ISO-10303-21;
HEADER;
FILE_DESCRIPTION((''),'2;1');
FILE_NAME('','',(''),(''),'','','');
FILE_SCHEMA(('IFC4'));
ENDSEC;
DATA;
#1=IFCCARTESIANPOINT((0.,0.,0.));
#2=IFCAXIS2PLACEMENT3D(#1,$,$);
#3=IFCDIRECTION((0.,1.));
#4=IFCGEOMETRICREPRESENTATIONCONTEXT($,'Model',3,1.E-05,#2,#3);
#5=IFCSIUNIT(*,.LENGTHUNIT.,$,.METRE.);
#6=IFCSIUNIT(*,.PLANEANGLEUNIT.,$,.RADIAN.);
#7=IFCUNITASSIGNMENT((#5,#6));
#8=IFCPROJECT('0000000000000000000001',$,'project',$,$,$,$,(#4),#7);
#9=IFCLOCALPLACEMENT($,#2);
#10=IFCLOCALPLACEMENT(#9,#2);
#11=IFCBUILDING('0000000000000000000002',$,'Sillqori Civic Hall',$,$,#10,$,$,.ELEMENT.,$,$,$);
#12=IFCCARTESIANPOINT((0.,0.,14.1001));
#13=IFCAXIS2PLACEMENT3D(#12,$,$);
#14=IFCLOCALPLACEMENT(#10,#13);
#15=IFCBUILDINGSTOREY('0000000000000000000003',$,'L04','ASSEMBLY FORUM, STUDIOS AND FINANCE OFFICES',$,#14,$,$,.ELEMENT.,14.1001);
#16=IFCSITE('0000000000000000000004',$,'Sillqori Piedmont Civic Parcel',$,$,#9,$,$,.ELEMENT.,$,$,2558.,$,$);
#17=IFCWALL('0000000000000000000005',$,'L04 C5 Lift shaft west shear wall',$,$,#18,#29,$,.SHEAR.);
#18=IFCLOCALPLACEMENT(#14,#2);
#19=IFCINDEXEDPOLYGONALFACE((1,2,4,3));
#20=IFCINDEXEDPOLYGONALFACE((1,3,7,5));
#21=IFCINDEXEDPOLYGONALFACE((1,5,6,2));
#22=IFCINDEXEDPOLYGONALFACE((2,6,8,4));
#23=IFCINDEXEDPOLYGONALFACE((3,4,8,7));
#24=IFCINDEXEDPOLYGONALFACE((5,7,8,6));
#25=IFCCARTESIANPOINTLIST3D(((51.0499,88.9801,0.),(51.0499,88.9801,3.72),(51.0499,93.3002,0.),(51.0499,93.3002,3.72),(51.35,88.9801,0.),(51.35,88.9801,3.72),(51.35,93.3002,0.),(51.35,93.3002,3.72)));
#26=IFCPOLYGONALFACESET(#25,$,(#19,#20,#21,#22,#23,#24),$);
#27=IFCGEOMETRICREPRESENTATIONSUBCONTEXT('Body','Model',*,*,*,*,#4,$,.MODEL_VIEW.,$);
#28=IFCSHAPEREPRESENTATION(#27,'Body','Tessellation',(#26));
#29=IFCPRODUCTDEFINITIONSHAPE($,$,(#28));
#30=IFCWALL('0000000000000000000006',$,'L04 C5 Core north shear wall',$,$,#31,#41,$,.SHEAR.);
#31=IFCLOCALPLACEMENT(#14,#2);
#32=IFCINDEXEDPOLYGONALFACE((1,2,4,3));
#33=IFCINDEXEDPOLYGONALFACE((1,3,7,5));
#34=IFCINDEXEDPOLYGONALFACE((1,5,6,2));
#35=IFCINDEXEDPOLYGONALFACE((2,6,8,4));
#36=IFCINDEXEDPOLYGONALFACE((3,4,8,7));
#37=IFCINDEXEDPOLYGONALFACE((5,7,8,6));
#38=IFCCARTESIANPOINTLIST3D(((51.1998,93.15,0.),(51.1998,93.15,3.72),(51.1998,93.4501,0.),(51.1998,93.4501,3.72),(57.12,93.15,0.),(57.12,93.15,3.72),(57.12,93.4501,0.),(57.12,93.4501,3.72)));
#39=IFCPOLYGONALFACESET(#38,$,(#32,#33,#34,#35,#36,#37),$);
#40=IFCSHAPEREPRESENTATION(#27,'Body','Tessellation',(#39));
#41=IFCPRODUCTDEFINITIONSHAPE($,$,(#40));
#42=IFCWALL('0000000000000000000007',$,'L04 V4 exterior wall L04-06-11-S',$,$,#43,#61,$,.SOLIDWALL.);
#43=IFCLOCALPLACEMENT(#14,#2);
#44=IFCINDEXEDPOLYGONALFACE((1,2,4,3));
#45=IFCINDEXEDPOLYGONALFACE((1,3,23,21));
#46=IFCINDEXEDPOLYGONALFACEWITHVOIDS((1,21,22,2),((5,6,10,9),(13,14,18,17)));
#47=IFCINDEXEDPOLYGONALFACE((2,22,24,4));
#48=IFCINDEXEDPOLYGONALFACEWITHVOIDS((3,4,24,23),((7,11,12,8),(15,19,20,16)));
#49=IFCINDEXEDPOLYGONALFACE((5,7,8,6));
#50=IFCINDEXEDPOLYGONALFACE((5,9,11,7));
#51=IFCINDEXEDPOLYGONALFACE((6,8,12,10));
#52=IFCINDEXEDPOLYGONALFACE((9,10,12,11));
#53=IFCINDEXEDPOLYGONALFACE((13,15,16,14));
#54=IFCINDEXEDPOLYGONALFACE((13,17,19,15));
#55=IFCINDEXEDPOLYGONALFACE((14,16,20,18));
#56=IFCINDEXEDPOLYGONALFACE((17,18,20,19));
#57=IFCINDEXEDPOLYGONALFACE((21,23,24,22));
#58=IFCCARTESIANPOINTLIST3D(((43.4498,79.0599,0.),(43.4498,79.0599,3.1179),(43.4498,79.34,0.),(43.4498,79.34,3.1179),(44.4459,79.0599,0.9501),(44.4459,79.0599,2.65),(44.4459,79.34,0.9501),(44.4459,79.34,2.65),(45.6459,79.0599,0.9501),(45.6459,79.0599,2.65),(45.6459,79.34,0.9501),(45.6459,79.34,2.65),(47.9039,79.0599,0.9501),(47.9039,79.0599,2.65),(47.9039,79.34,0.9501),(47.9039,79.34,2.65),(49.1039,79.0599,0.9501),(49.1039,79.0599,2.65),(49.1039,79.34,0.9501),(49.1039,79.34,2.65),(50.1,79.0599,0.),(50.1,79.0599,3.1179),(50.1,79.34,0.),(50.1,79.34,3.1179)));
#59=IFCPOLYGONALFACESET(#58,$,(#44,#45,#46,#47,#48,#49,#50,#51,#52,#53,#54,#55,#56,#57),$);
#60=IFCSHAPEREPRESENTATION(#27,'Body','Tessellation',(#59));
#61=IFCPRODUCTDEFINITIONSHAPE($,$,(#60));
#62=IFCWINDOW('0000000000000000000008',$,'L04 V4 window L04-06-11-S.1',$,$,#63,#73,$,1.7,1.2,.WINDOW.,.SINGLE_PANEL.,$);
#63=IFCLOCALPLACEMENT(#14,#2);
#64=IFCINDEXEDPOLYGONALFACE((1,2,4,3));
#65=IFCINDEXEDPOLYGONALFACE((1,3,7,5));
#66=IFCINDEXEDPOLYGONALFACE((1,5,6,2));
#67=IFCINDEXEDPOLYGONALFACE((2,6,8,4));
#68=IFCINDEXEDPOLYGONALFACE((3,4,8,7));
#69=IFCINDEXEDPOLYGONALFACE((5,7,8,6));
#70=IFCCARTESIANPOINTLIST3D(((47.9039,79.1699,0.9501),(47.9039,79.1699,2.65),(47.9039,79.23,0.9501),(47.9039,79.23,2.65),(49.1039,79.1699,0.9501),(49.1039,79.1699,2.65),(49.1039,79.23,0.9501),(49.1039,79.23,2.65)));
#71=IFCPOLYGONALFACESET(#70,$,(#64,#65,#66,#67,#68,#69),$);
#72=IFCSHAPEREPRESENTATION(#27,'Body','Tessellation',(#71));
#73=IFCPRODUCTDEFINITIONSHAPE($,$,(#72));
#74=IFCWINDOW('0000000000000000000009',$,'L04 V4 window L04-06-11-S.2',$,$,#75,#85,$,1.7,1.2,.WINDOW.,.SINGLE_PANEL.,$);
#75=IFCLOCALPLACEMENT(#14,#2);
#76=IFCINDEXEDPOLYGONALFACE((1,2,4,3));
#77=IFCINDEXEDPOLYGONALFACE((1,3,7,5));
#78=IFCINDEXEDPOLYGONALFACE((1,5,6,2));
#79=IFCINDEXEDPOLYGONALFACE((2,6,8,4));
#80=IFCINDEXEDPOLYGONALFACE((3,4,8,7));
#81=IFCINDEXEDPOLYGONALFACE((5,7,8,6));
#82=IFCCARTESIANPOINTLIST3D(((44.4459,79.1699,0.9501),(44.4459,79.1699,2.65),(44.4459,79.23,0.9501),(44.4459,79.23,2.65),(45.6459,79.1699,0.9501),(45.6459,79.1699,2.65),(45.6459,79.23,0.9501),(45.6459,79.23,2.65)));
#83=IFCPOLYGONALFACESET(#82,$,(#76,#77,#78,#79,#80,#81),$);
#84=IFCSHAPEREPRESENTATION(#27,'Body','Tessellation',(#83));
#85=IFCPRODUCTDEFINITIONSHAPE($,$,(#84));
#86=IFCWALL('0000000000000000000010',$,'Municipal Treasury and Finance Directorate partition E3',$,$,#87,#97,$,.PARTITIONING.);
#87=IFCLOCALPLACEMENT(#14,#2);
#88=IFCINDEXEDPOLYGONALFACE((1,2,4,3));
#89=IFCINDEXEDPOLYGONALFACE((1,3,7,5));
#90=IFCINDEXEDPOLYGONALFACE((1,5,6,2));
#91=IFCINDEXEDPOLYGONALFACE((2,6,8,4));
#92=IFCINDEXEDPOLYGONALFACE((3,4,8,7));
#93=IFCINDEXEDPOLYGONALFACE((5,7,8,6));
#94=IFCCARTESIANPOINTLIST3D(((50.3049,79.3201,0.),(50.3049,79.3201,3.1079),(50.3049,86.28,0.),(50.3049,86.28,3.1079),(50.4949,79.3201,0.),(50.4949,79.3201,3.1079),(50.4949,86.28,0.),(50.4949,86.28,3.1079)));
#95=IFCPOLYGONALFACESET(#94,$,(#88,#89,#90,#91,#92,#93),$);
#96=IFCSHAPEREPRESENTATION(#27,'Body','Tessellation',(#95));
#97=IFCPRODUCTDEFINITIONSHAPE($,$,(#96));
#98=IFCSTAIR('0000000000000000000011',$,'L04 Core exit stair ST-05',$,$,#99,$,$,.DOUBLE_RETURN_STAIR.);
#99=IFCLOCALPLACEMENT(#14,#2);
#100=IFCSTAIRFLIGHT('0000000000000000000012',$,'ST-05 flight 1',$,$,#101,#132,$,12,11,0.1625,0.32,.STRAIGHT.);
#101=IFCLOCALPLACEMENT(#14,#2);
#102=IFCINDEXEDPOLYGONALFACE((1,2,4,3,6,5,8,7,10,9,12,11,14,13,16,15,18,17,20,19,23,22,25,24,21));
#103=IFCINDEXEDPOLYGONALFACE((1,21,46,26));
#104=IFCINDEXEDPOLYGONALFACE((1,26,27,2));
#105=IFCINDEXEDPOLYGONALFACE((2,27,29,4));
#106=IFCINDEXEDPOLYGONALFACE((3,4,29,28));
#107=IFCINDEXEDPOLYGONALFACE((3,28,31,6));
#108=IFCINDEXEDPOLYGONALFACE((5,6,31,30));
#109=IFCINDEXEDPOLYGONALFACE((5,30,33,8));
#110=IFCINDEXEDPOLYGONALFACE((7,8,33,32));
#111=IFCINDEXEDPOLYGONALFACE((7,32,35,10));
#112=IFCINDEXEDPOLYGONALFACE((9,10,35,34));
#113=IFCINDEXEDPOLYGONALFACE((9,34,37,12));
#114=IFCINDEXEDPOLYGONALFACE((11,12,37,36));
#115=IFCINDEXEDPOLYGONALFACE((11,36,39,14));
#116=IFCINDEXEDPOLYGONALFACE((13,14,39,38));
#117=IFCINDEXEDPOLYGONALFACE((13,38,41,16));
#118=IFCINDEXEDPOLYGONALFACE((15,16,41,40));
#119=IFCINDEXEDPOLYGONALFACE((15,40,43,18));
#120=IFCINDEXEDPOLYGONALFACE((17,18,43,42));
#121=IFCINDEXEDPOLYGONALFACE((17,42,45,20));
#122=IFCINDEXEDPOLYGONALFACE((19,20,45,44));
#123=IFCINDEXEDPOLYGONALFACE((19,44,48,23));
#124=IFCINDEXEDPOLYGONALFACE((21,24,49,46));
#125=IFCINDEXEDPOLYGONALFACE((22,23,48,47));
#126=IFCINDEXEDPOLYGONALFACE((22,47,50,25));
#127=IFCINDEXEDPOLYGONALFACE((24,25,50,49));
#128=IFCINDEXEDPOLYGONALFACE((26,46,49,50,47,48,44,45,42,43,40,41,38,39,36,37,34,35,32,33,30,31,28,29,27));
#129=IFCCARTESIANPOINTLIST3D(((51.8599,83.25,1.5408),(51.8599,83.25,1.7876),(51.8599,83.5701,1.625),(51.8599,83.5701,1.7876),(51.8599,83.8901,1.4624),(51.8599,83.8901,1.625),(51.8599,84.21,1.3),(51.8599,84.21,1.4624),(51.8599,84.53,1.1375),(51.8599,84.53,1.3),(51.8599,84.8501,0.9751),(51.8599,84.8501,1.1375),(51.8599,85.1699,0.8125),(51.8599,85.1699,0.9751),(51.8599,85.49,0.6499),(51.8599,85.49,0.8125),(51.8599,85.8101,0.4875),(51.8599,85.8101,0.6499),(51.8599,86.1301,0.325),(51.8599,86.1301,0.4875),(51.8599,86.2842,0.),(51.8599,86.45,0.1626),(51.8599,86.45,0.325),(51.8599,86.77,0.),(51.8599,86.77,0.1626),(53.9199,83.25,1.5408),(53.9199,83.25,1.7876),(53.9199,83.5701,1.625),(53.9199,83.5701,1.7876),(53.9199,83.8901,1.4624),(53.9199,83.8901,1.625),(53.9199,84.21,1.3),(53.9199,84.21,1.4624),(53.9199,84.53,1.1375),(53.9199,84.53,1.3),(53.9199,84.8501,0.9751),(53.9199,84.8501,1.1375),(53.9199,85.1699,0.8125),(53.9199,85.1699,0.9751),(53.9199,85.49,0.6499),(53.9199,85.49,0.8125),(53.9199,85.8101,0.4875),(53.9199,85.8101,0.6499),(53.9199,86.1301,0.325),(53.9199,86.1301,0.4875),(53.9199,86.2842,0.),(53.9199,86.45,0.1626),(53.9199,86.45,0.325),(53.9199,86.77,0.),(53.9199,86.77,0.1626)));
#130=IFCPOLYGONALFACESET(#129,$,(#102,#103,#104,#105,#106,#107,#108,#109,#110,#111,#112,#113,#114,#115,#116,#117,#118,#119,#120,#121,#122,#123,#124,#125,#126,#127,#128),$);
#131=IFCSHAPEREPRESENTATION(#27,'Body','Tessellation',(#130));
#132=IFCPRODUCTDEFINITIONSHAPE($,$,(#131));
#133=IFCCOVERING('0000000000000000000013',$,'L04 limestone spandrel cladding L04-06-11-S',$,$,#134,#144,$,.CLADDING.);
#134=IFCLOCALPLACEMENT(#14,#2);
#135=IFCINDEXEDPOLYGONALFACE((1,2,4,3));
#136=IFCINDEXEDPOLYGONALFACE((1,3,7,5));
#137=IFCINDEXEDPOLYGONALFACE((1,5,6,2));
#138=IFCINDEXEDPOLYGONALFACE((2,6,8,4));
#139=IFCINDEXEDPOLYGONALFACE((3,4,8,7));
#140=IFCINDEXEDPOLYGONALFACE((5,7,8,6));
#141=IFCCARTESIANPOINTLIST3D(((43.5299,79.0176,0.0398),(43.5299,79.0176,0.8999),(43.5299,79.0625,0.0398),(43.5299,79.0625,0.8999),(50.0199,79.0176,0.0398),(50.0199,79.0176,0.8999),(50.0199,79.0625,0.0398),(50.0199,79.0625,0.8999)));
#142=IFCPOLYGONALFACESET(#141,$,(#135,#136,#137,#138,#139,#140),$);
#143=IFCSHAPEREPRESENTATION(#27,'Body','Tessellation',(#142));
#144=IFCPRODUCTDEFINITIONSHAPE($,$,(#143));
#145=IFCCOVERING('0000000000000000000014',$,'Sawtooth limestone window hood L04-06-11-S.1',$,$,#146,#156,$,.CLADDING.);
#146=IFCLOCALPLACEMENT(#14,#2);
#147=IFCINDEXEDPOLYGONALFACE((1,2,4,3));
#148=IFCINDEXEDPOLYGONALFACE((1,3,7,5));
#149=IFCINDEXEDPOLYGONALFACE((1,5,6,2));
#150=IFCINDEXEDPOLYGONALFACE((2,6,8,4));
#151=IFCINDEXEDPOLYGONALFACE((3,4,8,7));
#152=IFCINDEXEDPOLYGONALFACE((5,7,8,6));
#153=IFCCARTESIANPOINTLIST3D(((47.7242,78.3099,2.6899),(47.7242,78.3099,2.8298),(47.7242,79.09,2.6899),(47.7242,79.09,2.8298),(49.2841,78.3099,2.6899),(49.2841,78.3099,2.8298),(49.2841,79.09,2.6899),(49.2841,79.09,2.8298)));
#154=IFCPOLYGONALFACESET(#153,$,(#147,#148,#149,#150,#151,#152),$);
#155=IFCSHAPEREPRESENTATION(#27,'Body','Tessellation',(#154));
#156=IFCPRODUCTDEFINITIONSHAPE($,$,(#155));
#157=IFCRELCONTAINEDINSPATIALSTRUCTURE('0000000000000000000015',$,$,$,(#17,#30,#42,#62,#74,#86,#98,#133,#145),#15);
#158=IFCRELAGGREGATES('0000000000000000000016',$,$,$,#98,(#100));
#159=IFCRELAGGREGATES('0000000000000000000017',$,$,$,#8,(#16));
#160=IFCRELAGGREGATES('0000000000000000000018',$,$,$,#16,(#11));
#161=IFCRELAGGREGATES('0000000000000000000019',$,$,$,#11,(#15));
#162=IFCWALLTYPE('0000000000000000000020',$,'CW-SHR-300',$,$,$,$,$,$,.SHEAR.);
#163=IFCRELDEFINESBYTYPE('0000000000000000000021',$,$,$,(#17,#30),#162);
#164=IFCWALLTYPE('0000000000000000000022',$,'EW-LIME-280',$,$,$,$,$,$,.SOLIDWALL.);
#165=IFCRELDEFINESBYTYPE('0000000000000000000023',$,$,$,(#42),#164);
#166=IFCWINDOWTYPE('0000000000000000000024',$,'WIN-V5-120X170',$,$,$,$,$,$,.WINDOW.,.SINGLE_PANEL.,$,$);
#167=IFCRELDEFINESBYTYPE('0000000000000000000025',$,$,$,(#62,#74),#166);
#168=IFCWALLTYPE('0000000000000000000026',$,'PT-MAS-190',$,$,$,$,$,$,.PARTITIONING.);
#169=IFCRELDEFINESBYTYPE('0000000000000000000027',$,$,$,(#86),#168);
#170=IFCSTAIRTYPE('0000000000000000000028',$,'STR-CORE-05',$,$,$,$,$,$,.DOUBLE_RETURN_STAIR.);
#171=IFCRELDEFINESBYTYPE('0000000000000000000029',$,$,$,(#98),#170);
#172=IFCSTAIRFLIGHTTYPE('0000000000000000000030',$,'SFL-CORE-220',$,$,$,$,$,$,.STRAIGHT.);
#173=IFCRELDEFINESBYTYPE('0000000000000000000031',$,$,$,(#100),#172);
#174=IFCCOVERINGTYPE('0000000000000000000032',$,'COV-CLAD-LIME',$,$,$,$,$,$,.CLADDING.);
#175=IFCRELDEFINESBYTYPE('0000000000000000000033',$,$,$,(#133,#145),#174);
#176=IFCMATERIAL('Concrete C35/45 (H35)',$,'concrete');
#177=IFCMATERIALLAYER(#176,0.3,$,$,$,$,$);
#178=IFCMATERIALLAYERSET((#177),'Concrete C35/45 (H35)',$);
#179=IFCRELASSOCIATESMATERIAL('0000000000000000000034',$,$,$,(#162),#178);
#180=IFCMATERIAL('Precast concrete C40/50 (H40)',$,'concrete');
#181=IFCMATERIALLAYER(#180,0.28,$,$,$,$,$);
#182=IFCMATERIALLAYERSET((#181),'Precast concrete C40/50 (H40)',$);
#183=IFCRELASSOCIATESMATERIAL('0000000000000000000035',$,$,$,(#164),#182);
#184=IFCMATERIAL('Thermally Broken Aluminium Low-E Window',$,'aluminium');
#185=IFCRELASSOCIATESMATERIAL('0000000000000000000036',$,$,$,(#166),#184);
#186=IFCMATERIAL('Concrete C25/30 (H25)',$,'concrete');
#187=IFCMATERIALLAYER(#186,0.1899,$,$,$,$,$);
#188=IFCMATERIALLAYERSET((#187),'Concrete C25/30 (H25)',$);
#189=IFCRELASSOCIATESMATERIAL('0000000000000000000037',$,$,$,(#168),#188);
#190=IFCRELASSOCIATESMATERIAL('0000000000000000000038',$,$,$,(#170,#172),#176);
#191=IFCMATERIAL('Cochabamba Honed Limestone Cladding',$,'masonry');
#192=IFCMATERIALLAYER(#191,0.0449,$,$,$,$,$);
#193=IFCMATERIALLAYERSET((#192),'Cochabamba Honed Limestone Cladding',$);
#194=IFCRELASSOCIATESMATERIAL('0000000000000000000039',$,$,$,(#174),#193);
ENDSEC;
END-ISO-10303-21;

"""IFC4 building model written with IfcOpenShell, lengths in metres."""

from ifc_helpers import new_model, si_unit, direction, frame, frame_2d, origin, place, context, subcontext, project, spatial, polyline, rectangle, outline, extrude, material, layer, layer_set, type_object, element, fill, aggregate, save


model = new_model("IFC4")

# Units and contexts
model_context = context("Model", 3, precision=1e-05, world=origin(), true_north=direction((0.0, 1.0)))
body_context = subcontext(model_context, "Body", "Model", "MODEL_VIEW")
ifc_project = project(units=[si_unit("LENGTHUNIT", "METRE"), si_unit("PLANEANGLEUNIT", "RADIAN")], contexts=[model_context])

# Site, building, storey
site_placement = place(None, origin())
site = spatial("IfcSite", under=ifc_project, at=site_placement, Name="Sillqori Piedmont Civic Parcel", CompositionType="ELEMENT", RefElevation=2558.0)
building_placement = place(site_placement, origin())
building = spatial("IfcBuilding", under=site, at=building_placement, Name="Sillqori Civic Hall", CompositionType="ELEMENT")
storey_placement = place(building_placement, frame((0.0, 0.0, 14.1001)))
storey = spatial("IfcBuildingStorey", under=building, at=storey_placement, Name="L04", Description="ASSEMBLY FORUM, STUDIOS AND FINANCE OFFICES", CompositionType="ELEMENT", Elevation=14.1001)

# Shared definitions
ifc_material_1 = material(Name="Concrete C35/45 (H35)", Category="concrete")

# Shared definitions
ifc_material_2 = material(Name="Precast concrete C40/50 (H40)", Category="concrete")

# Walls
ifc_layer_1 = layer(ifc_material_1, 0.3)
ifc_layer_set_1 = layer_set([ifc_layer_1], Name="Concrete C35/45 (H35)")
wall_type_1 = type_object("IfcWallType", Name="CW-SHR-300", PredefinedType="SHEAR", material=ifc_layer_set_1)
wall_1_placement = place(storey_placement, frame((51.2, 88.98, 0.0), z_axis=(0.0, 0.0, 1.0), x_axis=(0.0, 1.0, 0.0)))
element("IfcWall", 1, at=wall_1_placement, inside=storey, type_object=wall_type_1, Name="L04 C5 Lift shaft west shear wall", PredefinedType="SHEAR", context=body_context, shape_type="SweptSolid", body=[
    extrude(rectangle(XDim=4.3201, YDim=0.3, at=frame_2d((2.1602, 0.0))), origin(), (0.0, 0.0, 1.0), 3.72),
])
wall_2_placement = place(storey_placement, frame((51.2, 93.3, 0.0), z_axis=(0.0, 0.0, 1.0), x_axis=(1.0, 0.0, 0.0)))
element("IfcWall", 2, at=wall_2_placement, inside=storey, type_object=wall_type_1, Name="L04 C5 Core north shear wall", PredefinedType="SHEAR", context=body_context, shape_type="SweptSolid", body=[
    extrude(rectangle(XDim=5.9202, YDim=0.3, at=frame_2d((2.96, 0.0))), origin(), (0.0, 0.0, 1.0), 3.72),
])

# Wall, openings, windows
ifc_layer_2 = layer(ifc_material_2, 0.28)
ifc_layer_set_2 = layer_set([ifc_layer_2], Name="Precast concrete C40/50 (H40)")
wall_type_2 = type_object("IfcWallType", Name="EW-LIME-280", PredefinedType="SOLIDWALL", material=ifc_layer_set_2)
wall_3_placement = place(storey_placement, frame((50.1001, 79.2, 0.0), z_axis=(0.0, 0.0, 1.0), x_axis=(-1.0, 0.0, 0.0)))
wall_3 = element("IfcWall", 3, at=wall_3_placement, inside=storey, type_object=wall_type_2, Name="L04 V4 exterior wall L04-06-11-S", PredefinedType="SOLIDWALL", context=body_context, shape_type="SweptSolid", body=[
    extrude(rectangle(XDim=6.6501, YDim=0.28, at=frame_2d((3.3252, 0.0))), origin(), (0.0, 0.0, 1.0), 3.1179),
])
opening_1_placement = place(wall_3_placement, frame((0.9961, 0.0, 0.95)))
opening_1 = element("IfcOpeningElement", 4, at=opening_1_placement, cuts=wall_3, PredefinedType="OPENING", context=body_context, shape_type="SweptSolid", body=[
    extrude(rectangle(XDim=1.2, YDim=1.7, at=frame_2d((0.6001, 0.8501))), frame((0.0, 0.1499, 0.0), z_axis=(0.0, -1.0, 0.0), x_axis=(1.0, 0.0, 0.0)), (0.0, 0.0, 1.0), 0.3),
])
opening_2_placement = place(wall_3_placement, frame((4.4541, 0.0, 0.95)))
opening_2 = element("IfcOpeningElement", 5, at=opening_2_placement, cuts=wall_3, PredefinedType="OPENING", context=body_context, shape_type="SweptSolid", body=[
    extrude(rectangle(XDim=1.2, YDim=1.7, at=frame_2d((0.6001, 0.8501))), frame((0.0, 0.1499, 0.0), z_axis=(0.0, -1.0, 0.0), x_axis=(1.0, 0.0, 0.0)), (0.0, 0.0, 1.0), 0.3),
])
ifc_material_3 = material(Name="Thermally Broken Aluminium Low-E Window", Category="aluminium")
window_type = type_object("IfcWindowType", Name="WIN-V5-120X170", PartitioningType="SINGLE_PANEL", PredefinedType="WINDOW", material=ifc_material_3)
window_1_placement = place(opening_1_placement, origin())
window_1 = element("IfcWindow", 6, at=window_1_placement, inside=storey, type_object=window_type, Name="L04 V4 window L04-06-11-S.1", OverallHeight=1.7, OverallWidth=1.2, PartitioningType="SINGLE_PANEL", PredefinedType="WINDOW", context=body_context, shape_type="SweptSolid", body=[
    extrude(rectangle(XDim=1.2, YDim=1.7, at=frame_2d((0.6001, 0.8501))), frame((0.0, 0.03, 0.0), z_axis=(0.0, -1.0, 0.0), x_axis=(1.0, 0.0, 0.0)), (0.0, 0.0, 1.0), 0.0601),
])
fill(opening_1, window_1)
window_2_placement = place(opening_2_placement, origin())
window_2 = element("IfcWindow", 7, at=window_2_placement, inside=storey, type_object=window_type, Name="L04 V4 window L04-06-11-S.2", OverallHeight=1.7, OverallWidth=1.2, PartitioningType="SINGLE_PANEL", PredefinedType="WINDOW", context=body_context, shape_type="SweptSolid", body=[
    extrude(rectangle(XDim=1.2, YDim=1.7, at=frame_2d((0.6001, 0.8501))), frame((0.0, 0.03, 0.0), z_axis=(0.0, -1.0, 0.0), x_axis=(1.0, 0.0, 0.0)), (0.0, 0.0, 1.0), 0.0601),
])
fill(opening_2, window_2)

# Wall
ifc_material_4 = material(Name="Concrete C25/30 (H25)", Category="concrete")
ifc_layer_3 = layer(ifc_material_4, 0.1899)
ifc_layer_set_3 = layer_set([ifc_layer_3], Name="Concrete C25/30 (H25)")
wall_type_3 = type_object("IfcWallType", Name="PT-MAS-190", PredefinedType="PARTITIONING", material=ifc_layer_set_3)
wall_4_placement = place(storey_placement, frame((50.3999, 86.28, 0.0), z_axis=(0.0, 0.0, 1.0), x_axis=(0.0, -1.0, 0.0)))
element("IfcWall", 8, at=wall_4_placement, inside=storey, type_object=wall_type_3, Name="Municipal Treasury and Finance Directorate partition E3", PredefinedType="PARTITIONING", context=body_context, shape_type="SweptSolid", body=[
    extrude(rectangle(XDim=6.96, YDim=0.1899, at=frame_2d((3.48, 0.0))), origin(), (0.0, 0.0, 1.0), 3.1079),
])

# Stair, stair flight
stair_type = type_object("IfcStairType", Name="STR-CORE-05", PredefinedType="DOUBLE_RETURN_STAIR", material=ifc_material_1)
stair_placement = place(storey_placement, origin())
stair = element("IfcStair", 9, at=stair_placement, inside=storey, type_object=stair_type, Name="L04 Core exit stair ST-05", PredefinedType="DOUBLE_RETURN_STAIR")
stair_flight_type = type_object("IfcStairFlightType", Name="SFL-CORE-220", PredefinedType="STRAIGHT", material=ifc_material_1)
stair_flight_placement = place(storey_placement, frame((52.8899, 86.77, 0.0), z_axis=(0.0, 0.0, 1.0), x_axis=(0.0, -1.0, 0.0)))
stair_flight = element("IfcStairFlight", 10, at=stair_flight_placement, type_object=stair_flight_type, Name="ST-05 flight 1", NumberOfRisers=12, NumberOfTreads=11, PredefinedType="STRAIGHT", RiserHeight=0.1625, TreadLength=0.32, context=body_context, shape_type="SweptSolid", body=[
    extrude(outline(polyline([(0.0, 0.0), (0.0, 0.1626), (0.3201, 0.1626), (0.3201, 0.325), (0.6399, 0.325), (0.6399, 0.4875), (0.96, 0.4875), (0.96, 0.6499), (1.28, 0.6499), (1.28, 0.8125), (1.6001, 0.8125), (1.6001, 0.9751), (1.9199, 0.9751), (1.9199, 1.1375), (2.24, 1.1375), (2.24, 1.3), (2.5601, 1.3), (2.5601, 1.4624), (2.8799, 1.4624), (2.8799, 1.625), (3.2, 1.625), (3.2, 1.7876), (3.52, 1.7876), (3.52, 1.95), (3.52, 1.5408), (0.4858, 0.0), (0.0, 0.0)])), frame((0.0, 1.03, 0.0), z_axis=(0.0, -1.0, 0.0), x_axis=(1.0, 0.0, 0.0)), (0.0, 0.0, 1.0), 2.0601),
])
aggregate(stair, [stair_flight])

# Coverings
ifc_material_5 = material(Name="Cochabamba Honed Limestone Cladding", Category="masonry")
ifc_layer_4 = layer(ifc_material_5, 0.0449)
ifc_layer_set_4 = layer_set([ifc_layer_4], Name="Cochabamba Honed Limestone Cladding")
covering_type = type_object("IfcCoveringType", Name="COV-CLAD-LIME", PredefinedType="CLADDING", material=ifc_layer_set_4)
covering_1_placement = place(storey_placement, frame((50.02, 79.04, 0.0398), z_axis=(0.0, 0.0, 1.0), x_axis=(-1.0, 0.0, 0.0)))
element("IfcCovering", 11, at=covering_1_placement, inside=storey, type_object=covering_type, Name="L04 limestone spandrel cladding L04-06-11-S", PredefinedType="CLADDING", context=body_context, shape_type="SweptSolid", body=[
    extrude(rectangle(XDim=6.49, YDim=0.0449, at=frame_2d((3.2451, 0.0))), origin(), (0.0, 0.0, 1.0), 0.8601),
])
covering_2_placement = place(storey_placement, frame((49.2839, 78.7, 2.6899), z_axis=(0.0, 0.0, 1.0), x_axis=(-1.0, 0.0, 0.0)))
element("IfcCovering", 12, at=covering_2_placement, inside=storey, type_object=covering_type, Name="Sawtooth limestone window hood L04-06-11-S.1", PredefinedType="CLADDING", context=body_context, shape_type="SweptSolid", body=[
    extrude(rectangle(XDim=1.5598, YDim=0.78, at=frame_2d((0.7798, 0.0))), origin(), (0.0, 0.0, 1.0), 0.1399),
])

save(model, "model.ifc")
